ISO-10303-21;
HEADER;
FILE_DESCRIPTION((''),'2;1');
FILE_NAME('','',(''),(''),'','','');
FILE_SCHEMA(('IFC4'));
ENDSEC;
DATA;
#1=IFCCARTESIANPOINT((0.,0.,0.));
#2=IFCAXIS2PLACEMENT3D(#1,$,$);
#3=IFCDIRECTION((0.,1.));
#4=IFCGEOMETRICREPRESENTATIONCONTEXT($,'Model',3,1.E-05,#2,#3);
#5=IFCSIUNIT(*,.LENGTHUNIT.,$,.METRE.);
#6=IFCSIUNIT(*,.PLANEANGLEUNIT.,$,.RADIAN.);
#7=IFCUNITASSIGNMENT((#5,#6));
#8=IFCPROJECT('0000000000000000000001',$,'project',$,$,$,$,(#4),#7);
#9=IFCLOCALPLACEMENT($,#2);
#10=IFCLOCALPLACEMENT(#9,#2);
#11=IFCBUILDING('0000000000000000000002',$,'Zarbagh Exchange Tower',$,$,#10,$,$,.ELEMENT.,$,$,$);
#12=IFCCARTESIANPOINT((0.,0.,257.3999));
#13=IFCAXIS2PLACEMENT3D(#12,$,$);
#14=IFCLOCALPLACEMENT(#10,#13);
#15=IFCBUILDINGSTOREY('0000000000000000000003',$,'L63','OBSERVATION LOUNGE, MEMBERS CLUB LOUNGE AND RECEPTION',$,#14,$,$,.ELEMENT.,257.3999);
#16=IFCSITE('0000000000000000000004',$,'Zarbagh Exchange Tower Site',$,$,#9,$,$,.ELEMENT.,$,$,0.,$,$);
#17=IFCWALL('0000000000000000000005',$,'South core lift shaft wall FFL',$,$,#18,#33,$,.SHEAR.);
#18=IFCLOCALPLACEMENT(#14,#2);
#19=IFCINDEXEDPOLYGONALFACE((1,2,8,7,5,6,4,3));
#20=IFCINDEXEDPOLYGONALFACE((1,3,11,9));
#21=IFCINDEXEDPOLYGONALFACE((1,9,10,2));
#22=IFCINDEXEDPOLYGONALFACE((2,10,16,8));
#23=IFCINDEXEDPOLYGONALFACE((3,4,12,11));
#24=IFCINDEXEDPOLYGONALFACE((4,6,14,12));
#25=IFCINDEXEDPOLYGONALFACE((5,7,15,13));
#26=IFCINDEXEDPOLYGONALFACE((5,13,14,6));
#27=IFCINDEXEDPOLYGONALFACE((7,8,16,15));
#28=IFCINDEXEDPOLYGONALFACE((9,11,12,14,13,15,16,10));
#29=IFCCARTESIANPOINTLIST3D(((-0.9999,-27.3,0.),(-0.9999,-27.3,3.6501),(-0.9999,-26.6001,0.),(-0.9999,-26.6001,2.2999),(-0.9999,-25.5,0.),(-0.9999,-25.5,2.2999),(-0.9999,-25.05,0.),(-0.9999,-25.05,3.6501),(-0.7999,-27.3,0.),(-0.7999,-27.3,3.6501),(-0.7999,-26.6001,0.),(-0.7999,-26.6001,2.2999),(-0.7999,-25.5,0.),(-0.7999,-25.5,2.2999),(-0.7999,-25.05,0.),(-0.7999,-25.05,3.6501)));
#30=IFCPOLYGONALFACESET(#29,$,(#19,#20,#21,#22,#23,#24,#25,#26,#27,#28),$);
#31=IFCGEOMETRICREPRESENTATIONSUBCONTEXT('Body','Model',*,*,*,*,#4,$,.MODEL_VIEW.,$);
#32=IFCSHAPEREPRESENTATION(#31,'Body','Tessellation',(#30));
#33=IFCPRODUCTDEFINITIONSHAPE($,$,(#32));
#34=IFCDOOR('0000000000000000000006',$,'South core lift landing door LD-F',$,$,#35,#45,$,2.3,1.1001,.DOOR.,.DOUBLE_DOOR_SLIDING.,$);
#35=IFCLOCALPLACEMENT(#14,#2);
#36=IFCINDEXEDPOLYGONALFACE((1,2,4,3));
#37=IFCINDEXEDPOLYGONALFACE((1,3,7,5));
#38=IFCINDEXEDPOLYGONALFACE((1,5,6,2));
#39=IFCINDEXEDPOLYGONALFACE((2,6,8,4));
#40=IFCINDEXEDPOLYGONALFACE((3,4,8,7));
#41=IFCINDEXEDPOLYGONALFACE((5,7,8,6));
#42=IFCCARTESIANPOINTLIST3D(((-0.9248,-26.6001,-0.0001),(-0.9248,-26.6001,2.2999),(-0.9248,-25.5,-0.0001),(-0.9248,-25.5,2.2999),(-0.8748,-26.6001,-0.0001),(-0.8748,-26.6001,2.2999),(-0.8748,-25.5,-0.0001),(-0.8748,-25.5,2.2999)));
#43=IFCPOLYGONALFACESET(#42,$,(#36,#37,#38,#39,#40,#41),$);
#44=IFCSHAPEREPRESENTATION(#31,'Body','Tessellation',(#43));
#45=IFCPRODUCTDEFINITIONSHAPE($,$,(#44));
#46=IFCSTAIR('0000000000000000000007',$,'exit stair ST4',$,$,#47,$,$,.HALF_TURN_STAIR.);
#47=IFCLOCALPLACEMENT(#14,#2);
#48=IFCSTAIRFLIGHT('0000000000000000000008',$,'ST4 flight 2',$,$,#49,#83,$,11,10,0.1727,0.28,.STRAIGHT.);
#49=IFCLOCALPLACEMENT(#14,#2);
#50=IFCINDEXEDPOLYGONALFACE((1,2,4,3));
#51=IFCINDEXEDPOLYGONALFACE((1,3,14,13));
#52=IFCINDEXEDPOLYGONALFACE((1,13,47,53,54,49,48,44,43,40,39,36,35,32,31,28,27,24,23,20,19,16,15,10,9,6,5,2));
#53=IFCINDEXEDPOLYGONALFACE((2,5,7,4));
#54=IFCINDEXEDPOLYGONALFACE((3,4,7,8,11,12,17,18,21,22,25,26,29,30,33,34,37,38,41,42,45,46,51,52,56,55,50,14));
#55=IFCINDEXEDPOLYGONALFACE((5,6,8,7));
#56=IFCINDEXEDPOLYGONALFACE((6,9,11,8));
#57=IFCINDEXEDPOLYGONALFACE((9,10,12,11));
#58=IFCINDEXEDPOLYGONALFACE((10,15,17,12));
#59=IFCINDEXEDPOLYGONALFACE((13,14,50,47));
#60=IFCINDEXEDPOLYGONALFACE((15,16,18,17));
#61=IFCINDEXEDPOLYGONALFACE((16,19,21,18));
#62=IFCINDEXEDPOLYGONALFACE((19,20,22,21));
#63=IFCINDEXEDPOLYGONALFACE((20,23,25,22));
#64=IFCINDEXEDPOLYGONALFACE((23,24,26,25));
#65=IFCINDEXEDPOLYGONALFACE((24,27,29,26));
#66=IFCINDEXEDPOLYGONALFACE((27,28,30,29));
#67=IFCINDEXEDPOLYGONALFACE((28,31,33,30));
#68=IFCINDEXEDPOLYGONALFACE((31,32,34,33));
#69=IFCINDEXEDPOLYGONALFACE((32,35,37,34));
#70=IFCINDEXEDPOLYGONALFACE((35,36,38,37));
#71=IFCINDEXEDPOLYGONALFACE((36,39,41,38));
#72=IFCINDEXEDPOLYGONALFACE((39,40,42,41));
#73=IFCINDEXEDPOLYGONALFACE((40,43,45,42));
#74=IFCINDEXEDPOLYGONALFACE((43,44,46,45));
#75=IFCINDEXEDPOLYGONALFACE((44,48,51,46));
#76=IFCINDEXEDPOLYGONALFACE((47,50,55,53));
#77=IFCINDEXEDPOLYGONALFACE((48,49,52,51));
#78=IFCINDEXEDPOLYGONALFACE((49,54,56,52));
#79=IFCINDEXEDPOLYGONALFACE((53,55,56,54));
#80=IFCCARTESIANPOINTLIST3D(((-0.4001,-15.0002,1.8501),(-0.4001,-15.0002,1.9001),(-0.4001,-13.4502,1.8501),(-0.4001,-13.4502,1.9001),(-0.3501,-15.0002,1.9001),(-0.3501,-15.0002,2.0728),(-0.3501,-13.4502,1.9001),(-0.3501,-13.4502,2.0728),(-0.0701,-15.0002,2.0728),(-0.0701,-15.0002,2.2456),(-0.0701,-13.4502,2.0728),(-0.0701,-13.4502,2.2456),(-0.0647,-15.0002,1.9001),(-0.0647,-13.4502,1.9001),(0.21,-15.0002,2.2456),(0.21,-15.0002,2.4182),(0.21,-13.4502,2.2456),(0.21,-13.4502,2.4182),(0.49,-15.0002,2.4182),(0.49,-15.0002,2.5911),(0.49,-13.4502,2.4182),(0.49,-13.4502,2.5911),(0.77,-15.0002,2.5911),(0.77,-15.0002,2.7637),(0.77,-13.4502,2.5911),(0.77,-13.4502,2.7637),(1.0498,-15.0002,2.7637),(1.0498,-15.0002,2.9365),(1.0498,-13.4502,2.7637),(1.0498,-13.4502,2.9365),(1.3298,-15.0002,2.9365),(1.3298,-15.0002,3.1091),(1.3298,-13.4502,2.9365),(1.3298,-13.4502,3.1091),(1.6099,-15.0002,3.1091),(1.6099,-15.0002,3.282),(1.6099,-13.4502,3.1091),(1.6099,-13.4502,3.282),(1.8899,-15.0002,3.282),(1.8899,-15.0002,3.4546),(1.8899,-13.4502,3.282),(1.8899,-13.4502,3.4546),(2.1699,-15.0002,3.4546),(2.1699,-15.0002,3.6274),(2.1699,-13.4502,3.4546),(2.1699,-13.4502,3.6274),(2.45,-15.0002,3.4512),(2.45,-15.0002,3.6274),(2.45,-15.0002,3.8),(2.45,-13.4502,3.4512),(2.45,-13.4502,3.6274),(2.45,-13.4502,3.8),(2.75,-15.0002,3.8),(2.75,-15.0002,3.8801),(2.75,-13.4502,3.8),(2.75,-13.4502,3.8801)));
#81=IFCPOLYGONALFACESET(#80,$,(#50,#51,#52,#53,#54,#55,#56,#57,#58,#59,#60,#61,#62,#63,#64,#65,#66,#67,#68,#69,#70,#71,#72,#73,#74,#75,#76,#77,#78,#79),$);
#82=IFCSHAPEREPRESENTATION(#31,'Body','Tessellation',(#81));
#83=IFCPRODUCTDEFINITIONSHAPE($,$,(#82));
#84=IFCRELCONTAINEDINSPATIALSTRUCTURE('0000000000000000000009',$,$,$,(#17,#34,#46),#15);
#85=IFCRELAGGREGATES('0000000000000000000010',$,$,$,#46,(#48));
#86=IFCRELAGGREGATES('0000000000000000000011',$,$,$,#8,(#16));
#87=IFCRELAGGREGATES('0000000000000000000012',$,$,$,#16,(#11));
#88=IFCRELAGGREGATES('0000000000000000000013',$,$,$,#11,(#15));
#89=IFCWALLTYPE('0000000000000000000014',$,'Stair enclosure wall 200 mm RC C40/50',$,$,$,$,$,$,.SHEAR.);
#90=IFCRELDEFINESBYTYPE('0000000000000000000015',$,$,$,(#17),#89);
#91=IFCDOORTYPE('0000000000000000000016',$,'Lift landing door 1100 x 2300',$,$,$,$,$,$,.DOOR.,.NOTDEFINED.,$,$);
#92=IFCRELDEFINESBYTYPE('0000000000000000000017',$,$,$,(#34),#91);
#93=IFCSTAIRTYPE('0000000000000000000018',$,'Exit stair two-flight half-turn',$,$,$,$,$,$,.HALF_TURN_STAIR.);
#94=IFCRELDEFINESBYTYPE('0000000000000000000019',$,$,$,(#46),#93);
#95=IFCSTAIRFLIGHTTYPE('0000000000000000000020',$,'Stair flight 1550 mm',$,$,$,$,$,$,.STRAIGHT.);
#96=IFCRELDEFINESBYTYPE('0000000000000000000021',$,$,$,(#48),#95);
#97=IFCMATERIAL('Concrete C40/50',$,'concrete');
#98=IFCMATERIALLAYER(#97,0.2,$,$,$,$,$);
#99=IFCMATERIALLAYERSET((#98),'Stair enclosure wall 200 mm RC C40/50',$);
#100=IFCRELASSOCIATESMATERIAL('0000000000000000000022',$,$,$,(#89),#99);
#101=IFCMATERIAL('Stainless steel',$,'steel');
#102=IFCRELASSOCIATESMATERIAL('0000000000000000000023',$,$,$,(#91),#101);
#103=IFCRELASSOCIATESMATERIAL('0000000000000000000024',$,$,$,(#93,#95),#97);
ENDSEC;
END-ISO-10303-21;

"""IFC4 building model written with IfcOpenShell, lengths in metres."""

from ifc_helpers import new_model, si_unit, direction, frame, frame_2d, origin, place, context, subcontext, project, spatial, polyline, rectangle, outline, extrude, material, layer, layer_set, type_object, element, fill, aggregate, save


model = new_model("IFC4")

# Units and contexts
model_context = context("Model", 3, precision=1e-05, world=origin(), true_north=direction((0.0, 1.0)))
body_context = subcontext(model_context, "Body", "Model", "MODEL_VIEW")
ifc_project = project(units=[si_unit("LENGTHUNIT", "METRE"), si_unit("PLANEANGLEUNIT", "RADIAN")], contexts=[model_context])

# Site, building, storey
site_placement = place(None, origin())
site = spatial("IfcSite", under=ifc_project, at=site_placement, Name="Zarbagh Exchange Tower Site", CompositionType="ELEMENT", RefElevation=0.0)
building_placement = place(site_placement, origin())
building = spatial("IfcBuilding", under=site, at=building_placement, Name="Zarbagh Exchange Tower", CompositionType="ELEMENT")
storey_placement = place(building_placement, frame((0.0, 0.0, 257.3999)))
storey = spatial("IfcBuildingStorey", under=building, at=storey_placement, Name="L63", Description="OBSERVATION LOUNGE, MEMBERS CLUB LOUNGE AND RECEPTION", CompositionType="ELEMENT", Elevation=257.3999)

# Shared definitions
ifc_material_1 = material(Name="Concrete C40/50", Category="concrete")

# Wall, opening, door
ifc_layer_1 = layer(ifc_material_1, 0.2)
ifc_layer_set_1 = layer_set([ifc_layer_1], Name="Stair enclosure wall 200 mm RC C40/50")
wall_type_1 = type_object("IfcWallType", Name="Stair enclosure wall 200 mm RC C40/50", PredefinedType="SHEAR", material=ifc_layer_set_1)
wall_1_placement = place(storey_placement, frame((-0.8999, -27.3, 0.0), z_axis=(0.0, 0.0, 1.0), x_axis=(0.0, 1.0, 0.0)))
wall_1 = element("IfcWall", 1, at=wall_1_placement, inside=storey, type_object=wall_type_1, Name="South core lift shaft wall FFL", PredefinedType="SHEAR", context=body_context, shape_type="SweptSolid", body=[
    extrude(rectangle(XDim=2.25, YDim=0.2, at=frame_2d((1.125, 0.0))), origin(), (0.0, 0.0, 1.0), 3.6501),
])
opening_1_placement = place(wall_1_placement, frame((0.7, 0.0, 0.0)))
opening_1 = element("IfcOpeningElement", 2, at=opening_1_placement, cuts=wall_1, PredefinedType="OPENING", context=body_context, shape_type="SweptSolid", body=[
    extrude(rectangle(XDim=1.1001, YDim=2.3, at=frame_2d((0.55, 1.1499))), frame((0.0, 0.1099, 0.0), z_axis=(0.0, -1.0, 0.0), x_axis=(1.0, 0.0, 0.0)), (0.0, 0.0, 1.0), 0.22),
])
ifc_material_2 = material(Name="Stainless steel", Category="steel")
door_type_1 = type_object("IfcDoorType", Name="Lift landing door 1100 x 2300", OperationType="NOTDEFINED", PredefinedType="DOOR", material=ifc_material_2)
door_1_placement = place(opening_1_placement, origin())
door_1 = element("IfcDoor", 3, at=door_1_placement, inside=storey, type_object=door_type_1, Name="South core lift landing door LD-F", OperationType="DOUBLE_DOOR_SLIDING", OverallHeight=2.3, OverallWidth=1.1001, PredefinedType="DOOR", context=body_context, shape_type="SweptSolid", body=[
    extrude(rectangle(XDim=1.1001, YDim=2.3, at=frame_2d((0.55, 1.1499))), frame((0.0, 0.0249, 0.0), z_axis=(0.0, -1.0, 0.0), x_axis=(1.0, 0.0, 0.0)), (0.0, 0.0, 1.0), 0.05),
])
fill(opening_1, door_1)

# Stair, stair flight
stair_type = type_object("IfcStairType", Name="Exit stair two-flight half-turn", PredefinedType="HALF_TURN_STAIR", material=ifc_material_1)
stair_placement = place(storey_placement, origin())
stair = element("IfcStair", 4, at=stair_placement, inside=storey, type_object=stair_type, Name="exit stair ST4", PredefinedType="HALF_TURN_STAIR")
stair_flight_type = type_object("IfcStairFlightType", Name="Stair flight 1550 mm", PredefinedType="STRAIGHT", material=ifc_material_1)
stair_flight_placement = place(storey_placement, frame((-0.3501, -14.2251, 1.9001), z_axis=(0.0, 0.0, 1.0), x_axis=(1.0, 0.0, 0.0)))
stair_flight = element("IfcStairFlight", 5, at=stair_flight_placement, type_object=stair_flight_type, Name="ST4 flight 2", NumberOfRisers=11, NumberOfTreads=10, PredefinedType="STRAIGHT", RiserHeight=0.1727, TreadLength=0.28, context=body_context, shape_type="SweptSolid", body=[
    extrude(outline(polyline([(-0.05, -0.05), (-0.05, 0.0), (0.0, 0.0), (0.0, 0.1726), (0.28, 0.1726), (0.28, 0.3455), (0.5601, 0.3455), (0.5601, 0.5181), (0.8401, 0.5181), (0.8401, 0.6909), (1.1201, 0.6909), (1.1201, 0.8635), (1.3999, 0.8635), (1.3999, 1.0364), (1.6799, 1.0364), (1.6799, 1.209), (1.96, 1.209), (1.96, 1.3818), (2.24, 1.3818), (2.24, 1.5544), (2.52, 1.5544), (2.52, 1.7273), (2.8, 1.7273), (2.8, 1.8999), (3.1001, 1.98), (3.1001, 1.8999), (2.8, 1.551), (0.2854, 0.0), (-0.05, -0.05)])), frame((0.0, 0.7749, 0.0), z_axis=(0.0, -1.0, 0.0), x_axis=(1.0, 0.0, 0.0)), (0.0, 0.0, 1.0), 1.55),
])
aggregate(stair, [stair_flight])

save(model, "model.ifc")
